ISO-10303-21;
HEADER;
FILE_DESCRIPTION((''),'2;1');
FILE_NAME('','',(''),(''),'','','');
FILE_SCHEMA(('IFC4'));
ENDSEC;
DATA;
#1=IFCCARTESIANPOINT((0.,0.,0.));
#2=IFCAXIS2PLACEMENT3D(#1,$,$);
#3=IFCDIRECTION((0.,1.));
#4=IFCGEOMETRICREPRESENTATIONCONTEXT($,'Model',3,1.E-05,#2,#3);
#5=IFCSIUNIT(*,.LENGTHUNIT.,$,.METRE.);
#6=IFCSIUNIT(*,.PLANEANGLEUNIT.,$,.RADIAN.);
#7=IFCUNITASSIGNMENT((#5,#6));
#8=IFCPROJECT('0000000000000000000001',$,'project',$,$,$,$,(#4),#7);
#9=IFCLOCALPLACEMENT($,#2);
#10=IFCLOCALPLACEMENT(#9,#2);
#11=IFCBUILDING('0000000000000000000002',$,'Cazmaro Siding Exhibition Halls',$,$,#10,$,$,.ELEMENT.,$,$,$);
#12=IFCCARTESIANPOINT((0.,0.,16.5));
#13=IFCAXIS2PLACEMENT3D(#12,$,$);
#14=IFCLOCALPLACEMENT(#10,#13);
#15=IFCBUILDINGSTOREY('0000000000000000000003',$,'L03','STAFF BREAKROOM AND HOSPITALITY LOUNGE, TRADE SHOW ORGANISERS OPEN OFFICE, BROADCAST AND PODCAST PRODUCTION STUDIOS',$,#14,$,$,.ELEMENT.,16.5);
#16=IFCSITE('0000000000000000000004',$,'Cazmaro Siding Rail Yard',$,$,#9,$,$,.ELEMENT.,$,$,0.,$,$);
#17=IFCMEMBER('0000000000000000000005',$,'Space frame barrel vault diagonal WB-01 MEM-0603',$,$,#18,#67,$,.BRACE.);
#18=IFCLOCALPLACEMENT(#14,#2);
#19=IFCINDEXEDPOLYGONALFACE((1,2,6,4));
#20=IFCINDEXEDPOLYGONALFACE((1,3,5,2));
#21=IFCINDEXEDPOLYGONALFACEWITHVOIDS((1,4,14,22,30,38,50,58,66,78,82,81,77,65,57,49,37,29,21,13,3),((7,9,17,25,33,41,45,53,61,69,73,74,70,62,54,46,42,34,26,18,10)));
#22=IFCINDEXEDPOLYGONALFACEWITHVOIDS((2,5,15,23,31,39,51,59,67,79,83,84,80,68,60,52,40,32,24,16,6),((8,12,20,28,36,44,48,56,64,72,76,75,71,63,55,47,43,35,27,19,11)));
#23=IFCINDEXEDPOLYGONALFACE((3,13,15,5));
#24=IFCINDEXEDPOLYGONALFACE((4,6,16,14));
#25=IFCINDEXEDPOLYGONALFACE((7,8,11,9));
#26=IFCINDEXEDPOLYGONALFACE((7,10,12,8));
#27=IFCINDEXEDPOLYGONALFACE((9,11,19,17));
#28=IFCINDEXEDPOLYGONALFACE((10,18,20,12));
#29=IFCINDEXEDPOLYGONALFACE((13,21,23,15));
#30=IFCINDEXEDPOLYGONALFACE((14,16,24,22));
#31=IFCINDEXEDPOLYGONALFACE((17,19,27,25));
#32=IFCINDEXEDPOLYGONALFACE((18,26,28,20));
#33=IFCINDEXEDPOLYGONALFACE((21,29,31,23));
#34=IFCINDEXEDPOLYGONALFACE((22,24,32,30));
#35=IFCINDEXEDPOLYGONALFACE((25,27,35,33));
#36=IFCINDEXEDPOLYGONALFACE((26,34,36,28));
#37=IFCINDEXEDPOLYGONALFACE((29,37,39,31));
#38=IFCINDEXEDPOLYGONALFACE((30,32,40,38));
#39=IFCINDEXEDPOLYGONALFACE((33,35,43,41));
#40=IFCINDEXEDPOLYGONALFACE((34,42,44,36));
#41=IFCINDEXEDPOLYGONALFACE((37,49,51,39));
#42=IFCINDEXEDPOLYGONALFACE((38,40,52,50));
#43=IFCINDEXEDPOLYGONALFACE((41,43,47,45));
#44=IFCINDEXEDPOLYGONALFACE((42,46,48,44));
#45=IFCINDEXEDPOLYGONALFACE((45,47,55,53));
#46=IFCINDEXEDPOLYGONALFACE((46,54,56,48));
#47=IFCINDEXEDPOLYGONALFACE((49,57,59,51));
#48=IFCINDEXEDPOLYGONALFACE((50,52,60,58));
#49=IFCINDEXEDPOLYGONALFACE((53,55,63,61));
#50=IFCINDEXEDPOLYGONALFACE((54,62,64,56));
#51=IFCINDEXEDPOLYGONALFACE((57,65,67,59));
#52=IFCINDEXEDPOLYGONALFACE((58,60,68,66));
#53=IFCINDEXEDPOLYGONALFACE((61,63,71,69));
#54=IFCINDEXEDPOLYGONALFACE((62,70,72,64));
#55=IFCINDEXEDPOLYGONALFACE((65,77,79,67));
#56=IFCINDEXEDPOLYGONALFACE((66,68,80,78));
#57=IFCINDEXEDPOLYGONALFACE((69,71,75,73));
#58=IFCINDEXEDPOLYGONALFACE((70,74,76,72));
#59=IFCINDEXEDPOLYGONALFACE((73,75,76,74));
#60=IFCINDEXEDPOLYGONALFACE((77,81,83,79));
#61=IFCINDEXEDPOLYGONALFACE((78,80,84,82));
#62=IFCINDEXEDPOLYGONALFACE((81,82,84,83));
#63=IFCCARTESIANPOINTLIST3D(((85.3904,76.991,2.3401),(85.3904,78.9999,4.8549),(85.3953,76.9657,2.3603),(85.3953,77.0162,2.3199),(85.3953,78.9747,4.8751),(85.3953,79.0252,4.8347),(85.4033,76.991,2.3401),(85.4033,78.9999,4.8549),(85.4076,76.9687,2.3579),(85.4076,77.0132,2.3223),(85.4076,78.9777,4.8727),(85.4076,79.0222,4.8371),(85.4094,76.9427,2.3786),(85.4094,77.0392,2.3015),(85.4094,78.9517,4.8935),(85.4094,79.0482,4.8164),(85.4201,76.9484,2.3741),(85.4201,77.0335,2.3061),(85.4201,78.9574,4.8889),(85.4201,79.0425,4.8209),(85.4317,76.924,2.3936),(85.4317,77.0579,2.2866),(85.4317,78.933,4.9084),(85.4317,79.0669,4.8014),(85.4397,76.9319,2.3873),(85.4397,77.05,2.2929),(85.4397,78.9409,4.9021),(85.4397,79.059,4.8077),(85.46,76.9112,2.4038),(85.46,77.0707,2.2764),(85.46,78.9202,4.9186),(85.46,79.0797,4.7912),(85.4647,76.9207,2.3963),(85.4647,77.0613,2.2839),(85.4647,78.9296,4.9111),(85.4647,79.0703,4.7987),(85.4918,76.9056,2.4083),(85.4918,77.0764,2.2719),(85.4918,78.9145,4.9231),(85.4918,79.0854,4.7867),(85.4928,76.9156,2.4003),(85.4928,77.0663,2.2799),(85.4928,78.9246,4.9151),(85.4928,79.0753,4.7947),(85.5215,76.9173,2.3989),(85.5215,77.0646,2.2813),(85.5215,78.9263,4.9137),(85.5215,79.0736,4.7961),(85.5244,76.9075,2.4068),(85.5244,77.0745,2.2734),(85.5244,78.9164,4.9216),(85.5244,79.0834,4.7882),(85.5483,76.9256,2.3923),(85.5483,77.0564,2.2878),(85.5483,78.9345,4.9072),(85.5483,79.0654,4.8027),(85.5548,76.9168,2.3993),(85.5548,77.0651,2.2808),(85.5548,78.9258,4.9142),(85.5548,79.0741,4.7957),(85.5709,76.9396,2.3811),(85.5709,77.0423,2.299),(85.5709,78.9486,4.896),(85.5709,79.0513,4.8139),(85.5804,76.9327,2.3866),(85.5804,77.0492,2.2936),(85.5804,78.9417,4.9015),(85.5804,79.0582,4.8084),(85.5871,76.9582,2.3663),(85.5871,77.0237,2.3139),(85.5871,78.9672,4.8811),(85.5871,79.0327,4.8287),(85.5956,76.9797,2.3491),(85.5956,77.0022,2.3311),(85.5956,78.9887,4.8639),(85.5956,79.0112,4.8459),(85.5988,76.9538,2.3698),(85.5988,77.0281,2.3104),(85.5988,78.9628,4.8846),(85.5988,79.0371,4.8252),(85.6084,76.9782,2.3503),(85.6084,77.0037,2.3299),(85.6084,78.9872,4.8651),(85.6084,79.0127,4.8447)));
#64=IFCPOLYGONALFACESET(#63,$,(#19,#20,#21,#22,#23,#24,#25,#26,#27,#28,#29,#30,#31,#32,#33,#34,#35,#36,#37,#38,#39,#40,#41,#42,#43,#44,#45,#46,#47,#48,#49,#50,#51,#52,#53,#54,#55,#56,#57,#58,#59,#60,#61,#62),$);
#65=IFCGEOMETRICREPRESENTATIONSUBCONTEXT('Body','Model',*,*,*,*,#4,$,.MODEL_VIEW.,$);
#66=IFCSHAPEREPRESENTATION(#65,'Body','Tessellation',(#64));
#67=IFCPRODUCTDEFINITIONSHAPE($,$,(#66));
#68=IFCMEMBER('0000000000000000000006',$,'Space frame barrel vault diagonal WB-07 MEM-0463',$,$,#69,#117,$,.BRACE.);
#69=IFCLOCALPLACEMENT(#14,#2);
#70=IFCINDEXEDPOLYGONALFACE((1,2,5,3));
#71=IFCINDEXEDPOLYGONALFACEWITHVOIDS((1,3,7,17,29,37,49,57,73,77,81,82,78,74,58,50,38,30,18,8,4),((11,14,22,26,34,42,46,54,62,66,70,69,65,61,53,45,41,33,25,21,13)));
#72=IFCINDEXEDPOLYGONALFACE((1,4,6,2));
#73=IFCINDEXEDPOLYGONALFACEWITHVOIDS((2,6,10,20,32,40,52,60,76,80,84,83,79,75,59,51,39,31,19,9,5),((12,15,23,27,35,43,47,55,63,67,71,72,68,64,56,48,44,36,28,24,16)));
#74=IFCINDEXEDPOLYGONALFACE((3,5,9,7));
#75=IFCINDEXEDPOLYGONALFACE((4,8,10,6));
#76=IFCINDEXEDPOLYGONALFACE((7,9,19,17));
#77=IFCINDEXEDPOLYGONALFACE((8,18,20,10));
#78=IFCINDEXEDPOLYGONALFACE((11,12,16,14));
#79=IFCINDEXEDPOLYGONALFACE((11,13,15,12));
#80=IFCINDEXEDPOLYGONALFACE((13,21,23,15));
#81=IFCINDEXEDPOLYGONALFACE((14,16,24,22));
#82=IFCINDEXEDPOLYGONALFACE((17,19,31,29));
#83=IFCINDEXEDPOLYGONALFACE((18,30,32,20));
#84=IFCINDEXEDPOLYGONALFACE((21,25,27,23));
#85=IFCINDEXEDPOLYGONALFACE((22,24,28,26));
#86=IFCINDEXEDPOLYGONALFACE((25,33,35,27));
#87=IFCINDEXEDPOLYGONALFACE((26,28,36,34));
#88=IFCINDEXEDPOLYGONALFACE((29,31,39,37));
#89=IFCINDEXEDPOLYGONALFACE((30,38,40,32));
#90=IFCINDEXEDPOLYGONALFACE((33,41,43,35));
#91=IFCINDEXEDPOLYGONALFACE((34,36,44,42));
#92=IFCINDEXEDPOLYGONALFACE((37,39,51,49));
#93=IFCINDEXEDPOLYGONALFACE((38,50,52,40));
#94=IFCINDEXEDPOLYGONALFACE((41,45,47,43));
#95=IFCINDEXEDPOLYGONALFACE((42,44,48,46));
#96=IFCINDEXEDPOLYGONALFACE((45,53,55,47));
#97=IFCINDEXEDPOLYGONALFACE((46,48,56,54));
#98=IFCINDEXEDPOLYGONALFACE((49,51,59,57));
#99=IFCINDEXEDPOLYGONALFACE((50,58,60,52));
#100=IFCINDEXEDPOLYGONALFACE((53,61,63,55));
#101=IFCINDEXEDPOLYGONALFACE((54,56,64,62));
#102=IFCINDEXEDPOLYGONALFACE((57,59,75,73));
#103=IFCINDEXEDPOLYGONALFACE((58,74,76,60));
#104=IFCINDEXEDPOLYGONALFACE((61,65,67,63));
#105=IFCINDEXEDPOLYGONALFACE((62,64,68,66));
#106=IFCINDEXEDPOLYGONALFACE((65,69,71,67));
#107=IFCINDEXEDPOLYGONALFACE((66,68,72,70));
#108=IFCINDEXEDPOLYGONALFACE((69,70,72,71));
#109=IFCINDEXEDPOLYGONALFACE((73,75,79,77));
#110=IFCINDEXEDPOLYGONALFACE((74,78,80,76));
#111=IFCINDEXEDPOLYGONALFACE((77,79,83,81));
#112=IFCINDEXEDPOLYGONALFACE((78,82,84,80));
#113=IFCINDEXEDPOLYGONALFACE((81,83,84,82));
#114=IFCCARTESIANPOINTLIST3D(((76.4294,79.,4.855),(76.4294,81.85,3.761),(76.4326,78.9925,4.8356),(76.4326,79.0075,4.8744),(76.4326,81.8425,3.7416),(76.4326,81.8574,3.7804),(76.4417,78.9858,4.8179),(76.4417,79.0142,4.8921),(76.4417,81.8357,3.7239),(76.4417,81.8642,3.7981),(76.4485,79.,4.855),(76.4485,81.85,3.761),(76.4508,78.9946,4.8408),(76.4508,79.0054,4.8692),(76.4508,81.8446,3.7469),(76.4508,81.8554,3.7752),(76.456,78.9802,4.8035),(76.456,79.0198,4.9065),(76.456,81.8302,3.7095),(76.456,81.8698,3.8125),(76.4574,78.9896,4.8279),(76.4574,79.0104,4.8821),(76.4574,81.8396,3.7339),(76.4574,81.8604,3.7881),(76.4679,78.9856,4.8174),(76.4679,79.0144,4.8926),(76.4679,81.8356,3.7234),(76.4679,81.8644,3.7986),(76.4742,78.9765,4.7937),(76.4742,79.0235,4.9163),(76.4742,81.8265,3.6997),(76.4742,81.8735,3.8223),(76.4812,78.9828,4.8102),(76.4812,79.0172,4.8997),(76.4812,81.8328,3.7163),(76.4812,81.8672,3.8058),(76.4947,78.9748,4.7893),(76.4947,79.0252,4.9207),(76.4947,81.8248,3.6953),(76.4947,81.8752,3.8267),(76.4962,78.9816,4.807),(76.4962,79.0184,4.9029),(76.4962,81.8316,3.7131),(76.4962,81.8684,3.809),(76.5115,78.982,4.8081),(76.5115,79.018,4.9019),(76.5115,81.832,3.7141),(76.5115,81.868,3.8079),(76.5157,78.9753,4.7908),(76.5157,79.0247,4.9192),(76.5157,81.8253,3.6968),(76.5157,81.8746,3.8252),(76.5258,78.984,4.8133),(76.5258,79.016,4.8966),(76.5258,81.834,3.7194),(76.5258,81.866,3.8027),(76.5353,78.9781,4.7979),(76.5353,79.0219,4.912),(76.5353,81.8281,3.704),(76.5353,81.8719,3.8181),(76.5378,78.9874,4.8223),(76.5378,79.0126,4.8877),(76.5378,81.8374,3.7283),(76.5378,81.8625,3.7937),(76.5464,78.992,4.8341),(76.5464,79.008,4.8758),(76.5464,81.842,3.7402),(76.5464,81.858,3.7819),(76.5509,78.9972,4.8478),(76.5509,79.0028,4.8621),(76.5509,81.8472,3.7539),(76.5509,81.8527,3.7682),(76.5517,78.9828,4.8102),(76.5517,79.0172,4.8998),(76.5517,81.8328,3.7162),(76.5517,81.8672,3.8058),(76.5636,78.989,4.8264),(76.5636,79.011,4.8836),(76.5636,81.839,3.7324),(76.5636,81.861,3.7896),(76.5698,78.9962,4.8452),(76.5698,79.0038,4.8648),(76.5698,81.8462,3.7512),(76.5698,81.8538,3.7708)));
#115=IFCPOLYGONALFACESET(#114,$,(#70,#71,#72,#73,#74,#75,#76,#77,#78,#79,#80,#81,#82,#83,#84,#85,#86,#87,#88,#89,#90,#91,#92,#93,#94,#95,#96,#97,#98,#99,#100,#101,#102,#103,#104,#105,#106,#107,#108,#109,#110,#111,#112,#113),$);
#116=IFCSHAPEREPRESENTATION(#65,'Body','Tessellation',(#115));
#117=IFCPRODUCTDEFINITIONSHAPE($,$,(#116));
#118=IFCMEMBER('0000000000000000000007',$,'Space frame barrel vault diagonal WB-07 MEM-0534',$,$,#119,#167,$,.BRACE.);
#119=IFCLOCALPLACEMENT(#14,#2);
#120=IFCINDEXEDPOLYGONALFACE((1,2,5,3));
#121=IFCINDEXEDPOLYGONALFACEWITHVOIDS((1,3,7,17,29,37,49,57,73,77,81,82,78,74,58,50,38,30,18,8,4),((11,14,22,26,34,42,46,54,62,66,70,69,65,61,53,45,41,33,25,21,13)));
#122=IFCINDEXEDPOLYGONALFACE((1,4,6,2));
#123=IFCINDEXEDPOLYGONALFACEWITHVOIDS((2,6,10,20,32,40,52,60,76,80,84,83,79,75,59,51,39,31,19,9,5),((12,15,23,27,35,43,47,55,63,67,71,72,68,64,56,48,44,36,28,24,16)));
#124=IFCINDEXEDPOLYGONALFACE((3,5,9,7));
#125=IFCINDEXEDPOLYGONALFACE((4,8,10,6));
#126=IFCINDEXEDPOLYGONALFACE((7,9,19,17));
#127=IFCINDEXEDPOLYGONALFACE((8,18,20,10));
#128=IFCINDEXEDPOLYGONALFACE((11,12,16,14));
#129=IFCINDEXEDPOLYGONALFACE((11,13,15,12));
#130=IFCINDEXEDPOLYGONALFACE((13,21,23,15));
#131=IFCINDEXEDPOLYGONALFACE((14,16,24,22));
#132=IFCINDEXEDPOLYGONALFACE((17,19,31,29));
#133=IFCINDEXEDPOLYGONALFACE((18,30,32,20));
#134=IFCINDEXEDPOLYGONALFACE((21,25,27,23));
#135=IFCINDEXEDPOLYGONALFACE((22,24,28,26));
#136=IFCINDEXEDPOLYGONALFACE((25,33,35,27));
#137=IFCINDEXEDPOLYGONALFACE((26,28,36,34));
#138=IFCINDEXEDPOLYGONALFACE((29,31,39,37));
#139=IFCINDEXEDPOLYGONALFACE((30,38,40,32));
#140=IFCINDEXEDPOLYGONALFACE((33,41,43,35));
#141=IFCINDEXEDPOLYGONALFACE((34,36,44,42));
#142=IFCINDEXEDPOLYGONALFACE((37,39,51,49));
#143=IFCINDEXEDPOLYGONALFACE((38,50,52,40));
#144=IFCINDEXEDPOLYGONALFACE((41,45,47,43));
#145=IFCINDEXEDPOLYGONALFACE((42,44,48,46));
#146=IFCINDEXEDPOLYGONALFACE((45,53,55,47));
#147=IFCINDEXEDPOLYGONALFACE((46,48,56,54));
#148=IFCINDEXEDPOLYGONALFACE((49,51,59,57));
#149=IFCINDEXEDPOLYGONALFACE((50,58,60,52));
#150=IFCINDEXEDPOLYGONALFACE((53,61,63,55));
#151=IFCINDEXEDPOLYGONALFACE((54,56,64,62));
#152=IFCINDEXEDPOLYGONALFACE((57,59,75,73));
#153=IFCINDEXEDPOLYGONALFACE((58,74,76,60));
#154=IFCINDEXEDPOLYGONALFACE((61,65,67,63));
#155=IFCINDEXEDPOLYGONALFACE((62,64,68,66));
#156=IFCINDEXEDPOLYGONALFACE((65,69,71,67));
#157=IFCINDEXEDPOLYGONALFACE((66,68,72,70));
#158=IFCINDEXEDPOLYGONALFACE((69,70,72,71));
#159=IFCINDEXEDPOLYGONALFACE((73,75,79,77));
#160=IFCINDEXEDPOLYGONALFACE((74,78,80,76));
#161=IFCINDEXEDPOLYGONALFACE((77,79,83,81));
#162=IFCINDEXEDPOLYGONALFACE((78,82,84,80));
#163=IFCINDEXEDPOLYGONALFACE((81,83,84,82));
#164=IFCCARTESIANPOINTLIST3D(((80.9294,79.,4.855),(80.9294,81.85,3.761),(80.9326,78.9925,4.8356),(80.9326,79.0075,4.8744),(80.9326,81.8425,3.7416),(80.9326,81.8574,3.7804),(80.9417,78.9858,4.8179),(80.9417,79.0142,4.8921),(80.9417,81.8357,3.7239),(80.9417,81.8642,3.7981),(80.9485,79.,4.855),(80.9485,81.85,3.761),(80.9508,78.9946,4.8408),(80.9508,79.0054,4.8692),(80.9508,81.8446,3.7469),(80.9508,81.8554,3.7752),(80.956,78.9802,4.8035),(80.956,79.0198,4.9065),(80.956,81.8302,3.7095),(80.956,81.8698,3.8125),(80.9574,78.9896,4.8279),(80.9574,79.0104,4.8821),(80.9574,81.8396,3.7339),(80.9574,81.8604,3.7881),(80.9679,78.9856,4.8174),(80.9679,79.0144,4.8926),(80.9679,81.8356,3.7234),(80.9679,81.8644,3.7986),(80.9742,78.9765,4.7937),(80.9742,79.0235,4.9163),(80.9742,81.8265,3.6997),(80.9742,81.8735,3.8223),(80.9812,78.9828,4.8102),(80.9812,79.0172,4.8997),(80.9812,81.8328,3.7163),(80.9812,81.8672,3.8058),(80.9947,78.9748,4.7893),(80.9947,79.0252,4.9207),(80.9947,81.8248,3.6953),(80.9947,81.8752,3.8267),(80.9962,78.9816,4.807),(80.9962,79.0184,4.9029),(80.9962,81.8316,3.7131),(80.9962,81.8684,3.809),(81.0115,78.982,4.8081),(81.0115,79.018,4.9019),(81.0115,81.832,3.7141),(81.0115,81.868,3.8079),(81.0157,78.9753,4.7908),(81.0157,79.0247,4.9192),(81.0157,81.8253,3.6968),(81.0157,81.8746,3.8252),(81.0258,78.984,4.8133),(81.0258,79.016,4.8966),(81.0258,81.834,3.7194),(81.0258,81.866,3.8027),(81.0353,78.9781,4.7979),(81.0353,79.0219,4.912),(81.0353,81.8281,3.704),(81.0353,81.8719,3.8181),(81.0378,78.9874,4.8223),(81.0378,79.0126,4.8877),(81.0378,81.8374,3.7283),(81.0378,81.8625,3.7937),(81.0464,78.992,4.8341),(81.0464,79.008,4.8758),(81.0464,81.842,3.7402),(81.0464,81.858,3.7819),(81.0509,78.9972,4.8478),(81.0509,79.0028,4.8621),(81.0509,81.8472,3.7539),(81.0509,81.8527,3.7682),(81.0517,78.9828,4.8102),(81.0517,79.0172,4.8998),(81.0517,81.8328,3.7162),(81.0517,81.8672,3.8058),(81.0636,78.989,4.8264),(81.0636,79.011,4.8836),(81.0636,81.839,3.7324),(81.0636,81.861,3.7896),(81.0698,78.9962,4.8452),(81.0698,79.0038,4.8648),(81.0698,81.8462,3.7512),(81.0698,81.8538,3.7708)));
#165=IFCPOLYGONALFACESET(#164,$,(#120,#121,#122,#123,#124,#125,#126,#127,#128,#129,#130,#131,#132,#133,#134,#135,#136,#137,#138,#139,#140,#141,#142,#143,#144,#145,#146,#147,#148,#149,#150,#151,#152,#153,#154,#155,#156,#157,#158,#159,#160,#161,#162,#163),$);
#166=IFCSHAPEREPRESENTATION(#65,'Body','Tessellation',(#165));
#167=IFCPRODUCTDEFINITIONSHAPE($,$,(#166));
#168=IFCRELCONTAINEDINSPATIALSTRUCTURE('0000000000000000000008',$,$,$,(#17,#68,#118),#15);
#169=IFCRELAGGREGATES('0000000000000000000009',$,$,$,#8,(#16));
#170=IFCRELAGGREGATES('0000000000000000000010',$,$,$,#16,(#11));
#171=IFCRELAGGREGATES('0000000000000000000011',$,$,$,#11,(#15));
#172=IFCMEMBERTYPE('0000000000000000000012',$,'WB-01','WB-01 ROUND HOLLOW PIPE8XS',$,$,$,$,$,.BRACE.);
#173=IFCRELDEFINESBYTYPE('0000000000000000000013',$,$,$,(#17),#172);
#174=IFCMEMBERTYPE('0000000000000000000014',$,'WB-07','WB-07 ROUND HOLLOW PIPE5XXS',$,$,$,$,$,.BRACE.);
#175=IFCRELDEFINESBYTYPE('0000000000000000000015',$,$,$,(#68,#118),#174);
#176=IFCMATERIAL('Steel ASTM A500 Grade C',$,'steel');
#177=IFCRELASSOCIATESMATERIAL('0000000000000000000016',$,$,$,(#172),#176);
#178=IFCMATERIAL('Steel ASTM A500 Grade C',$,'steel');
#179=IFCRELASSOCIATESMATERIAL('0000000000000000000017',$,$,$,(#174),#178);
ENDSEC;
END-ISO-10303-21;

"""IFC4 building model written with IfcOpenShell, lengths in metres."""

from ifc_helpers import new_model, si_unit, direction, frame, origin, origin_2d, place, context, subcontext, project, spatial, hollow_circle, extrude, material, material_profile, profile_set, type_object, element, save


model = new_model("IFC4")

# Units and contexts
model_context = context("Model", 3, precision=1e-05, world=origin(), true_north=direction((0.0, 1.0)))
body_context = subcontext(model_context, "Body", "Model", "MODEL_VIEW")
ifc_project = project(units=[si_unit("LENGTHUNIT", "METRE"), si_unit("PLANEANGLEUNIT", "RADIAN")], contexts=[model_context])

# Site, building, storey
site_placement = place(None, origin())
site = spatial("IfcSite", under=ifc_project, at=site_placement, Name="Cazmaro Siding Rail Yard", CompositionType="ELEMENT", RefElevation=0.0)
building_placement = place(site_placement, origin())
building = spatial("IfcBuilding", under=site, at=building_placement, Name="Cazmaro Siding Exhibition Halls", CompositionType="ELEMENT")
storey_placement = place(building_placement, frame((0.0, 0.0, 16.5)))
storey = spatial("IfcBuildingStorey", under=building, at=storey_placement, Name="L03", Description="STAFF BREAKROOM AND HOSPITALITY LOUNGE, TRADE SHOW ORGANISERS OPEN OFFICE, BROADCAST AND PODCAST PRODUCTION STUDIOS", CompositionType="ELEMENT", Elevation=16.5)

# Members
ifc_material_1 = material(Name="Steel ASTM A500 Grade C", Category="steel")
ifc_material_profile_1 = material_profile(ifc_material_1, hollow_circle(Radius=0.1096, WallThickness=0.0129, at=origin_2d()), Name="PIPE8XS")
ifc_profile_set_1 = profile_set([ifc_material_profile_1], Name="Steel ASTM A500 Grade C")
member_type_1 = type_object("IfcMemberType", Name="WB-01", Description="WB-01 ROUND HOLLOW PIPE8XS", PredefinedType="BRACE", material=ifc_profile_set_1)
for number, where, z_axis, x_axis, name in (
    (1, (85.5, 76.991, 2.3401), (0.0, 0.624149, 0.781305), (-1.0, 0.0, 0.0), "Space frame barrel vault diagonal WB-01 MEM-0603"),
):
    element("IfcMember", number, at=place(storey_placement, frame(where, z_axis=z_axis, x_axis=x_axis)), inside=storey, type_object=member_type_1, Name=name, PredefinedType="BRACE", context=body_context, shape_type="SweptSolid", body=[
        extrude(hollow_circle(Radius=0.1096, WallThickness=0.0129, at=origin_2d()), origin(), (0.0, 0.0, 1.0), 3.2188),
    ])
ifc_material_2 = material(Name="Steel ASTM A500 Grade C", Category="steel")
ifc_material_profile_2 = material_profile(ifc_material_2, hollow_circle(Radius=0.0706, WallThickness=0.019, at=origin_2d()), Name="PIPE5XXS")
ifc_profile_set_2 = profile_set([ifc_material_profile_2], Name="Steel ASTM A500 Grade C")
member_type_2 = type_object("IfcMemberType", Name="WB-07", Description="WB-07 ROUND HOLLOW PIPE5XXS", PredefinedType="BRACE", material=ifc_profile_set_2)
for number, where, z_axis, x_axis, name in (
    (2, (76.5, 79.0, 4.855), (0.0, 0.933587, -0.358352), (-1.0, 0.0, 0.0), "Space frame barrel vault diagonal WB-07 MEM-0463"),
    (3, (81.0, 79.0, 4.855), (0.0, 0.933587, -0.358352), (-1.0, 0.0, 0.0), "Space frame barrel vault diagonal WB-07 MEM-0534"),
):
    element("IfcMember", number, at=place(storey_placement, frame(where, z_axis=z_axis, x_axis=x_axis)), inside=storey, type_object=member_type_2, Name=name, PredefinedType="BRACE", context=body_context, shape_type="SweptSolid", body=[
        extrude(hollow_circle(Radius=0.0706, WallThickness=0.019, at=origin_2d()), origin(), (0.0, 0.0, 1.0), 3.0527),
    ])

save(model, "model.ifc")
